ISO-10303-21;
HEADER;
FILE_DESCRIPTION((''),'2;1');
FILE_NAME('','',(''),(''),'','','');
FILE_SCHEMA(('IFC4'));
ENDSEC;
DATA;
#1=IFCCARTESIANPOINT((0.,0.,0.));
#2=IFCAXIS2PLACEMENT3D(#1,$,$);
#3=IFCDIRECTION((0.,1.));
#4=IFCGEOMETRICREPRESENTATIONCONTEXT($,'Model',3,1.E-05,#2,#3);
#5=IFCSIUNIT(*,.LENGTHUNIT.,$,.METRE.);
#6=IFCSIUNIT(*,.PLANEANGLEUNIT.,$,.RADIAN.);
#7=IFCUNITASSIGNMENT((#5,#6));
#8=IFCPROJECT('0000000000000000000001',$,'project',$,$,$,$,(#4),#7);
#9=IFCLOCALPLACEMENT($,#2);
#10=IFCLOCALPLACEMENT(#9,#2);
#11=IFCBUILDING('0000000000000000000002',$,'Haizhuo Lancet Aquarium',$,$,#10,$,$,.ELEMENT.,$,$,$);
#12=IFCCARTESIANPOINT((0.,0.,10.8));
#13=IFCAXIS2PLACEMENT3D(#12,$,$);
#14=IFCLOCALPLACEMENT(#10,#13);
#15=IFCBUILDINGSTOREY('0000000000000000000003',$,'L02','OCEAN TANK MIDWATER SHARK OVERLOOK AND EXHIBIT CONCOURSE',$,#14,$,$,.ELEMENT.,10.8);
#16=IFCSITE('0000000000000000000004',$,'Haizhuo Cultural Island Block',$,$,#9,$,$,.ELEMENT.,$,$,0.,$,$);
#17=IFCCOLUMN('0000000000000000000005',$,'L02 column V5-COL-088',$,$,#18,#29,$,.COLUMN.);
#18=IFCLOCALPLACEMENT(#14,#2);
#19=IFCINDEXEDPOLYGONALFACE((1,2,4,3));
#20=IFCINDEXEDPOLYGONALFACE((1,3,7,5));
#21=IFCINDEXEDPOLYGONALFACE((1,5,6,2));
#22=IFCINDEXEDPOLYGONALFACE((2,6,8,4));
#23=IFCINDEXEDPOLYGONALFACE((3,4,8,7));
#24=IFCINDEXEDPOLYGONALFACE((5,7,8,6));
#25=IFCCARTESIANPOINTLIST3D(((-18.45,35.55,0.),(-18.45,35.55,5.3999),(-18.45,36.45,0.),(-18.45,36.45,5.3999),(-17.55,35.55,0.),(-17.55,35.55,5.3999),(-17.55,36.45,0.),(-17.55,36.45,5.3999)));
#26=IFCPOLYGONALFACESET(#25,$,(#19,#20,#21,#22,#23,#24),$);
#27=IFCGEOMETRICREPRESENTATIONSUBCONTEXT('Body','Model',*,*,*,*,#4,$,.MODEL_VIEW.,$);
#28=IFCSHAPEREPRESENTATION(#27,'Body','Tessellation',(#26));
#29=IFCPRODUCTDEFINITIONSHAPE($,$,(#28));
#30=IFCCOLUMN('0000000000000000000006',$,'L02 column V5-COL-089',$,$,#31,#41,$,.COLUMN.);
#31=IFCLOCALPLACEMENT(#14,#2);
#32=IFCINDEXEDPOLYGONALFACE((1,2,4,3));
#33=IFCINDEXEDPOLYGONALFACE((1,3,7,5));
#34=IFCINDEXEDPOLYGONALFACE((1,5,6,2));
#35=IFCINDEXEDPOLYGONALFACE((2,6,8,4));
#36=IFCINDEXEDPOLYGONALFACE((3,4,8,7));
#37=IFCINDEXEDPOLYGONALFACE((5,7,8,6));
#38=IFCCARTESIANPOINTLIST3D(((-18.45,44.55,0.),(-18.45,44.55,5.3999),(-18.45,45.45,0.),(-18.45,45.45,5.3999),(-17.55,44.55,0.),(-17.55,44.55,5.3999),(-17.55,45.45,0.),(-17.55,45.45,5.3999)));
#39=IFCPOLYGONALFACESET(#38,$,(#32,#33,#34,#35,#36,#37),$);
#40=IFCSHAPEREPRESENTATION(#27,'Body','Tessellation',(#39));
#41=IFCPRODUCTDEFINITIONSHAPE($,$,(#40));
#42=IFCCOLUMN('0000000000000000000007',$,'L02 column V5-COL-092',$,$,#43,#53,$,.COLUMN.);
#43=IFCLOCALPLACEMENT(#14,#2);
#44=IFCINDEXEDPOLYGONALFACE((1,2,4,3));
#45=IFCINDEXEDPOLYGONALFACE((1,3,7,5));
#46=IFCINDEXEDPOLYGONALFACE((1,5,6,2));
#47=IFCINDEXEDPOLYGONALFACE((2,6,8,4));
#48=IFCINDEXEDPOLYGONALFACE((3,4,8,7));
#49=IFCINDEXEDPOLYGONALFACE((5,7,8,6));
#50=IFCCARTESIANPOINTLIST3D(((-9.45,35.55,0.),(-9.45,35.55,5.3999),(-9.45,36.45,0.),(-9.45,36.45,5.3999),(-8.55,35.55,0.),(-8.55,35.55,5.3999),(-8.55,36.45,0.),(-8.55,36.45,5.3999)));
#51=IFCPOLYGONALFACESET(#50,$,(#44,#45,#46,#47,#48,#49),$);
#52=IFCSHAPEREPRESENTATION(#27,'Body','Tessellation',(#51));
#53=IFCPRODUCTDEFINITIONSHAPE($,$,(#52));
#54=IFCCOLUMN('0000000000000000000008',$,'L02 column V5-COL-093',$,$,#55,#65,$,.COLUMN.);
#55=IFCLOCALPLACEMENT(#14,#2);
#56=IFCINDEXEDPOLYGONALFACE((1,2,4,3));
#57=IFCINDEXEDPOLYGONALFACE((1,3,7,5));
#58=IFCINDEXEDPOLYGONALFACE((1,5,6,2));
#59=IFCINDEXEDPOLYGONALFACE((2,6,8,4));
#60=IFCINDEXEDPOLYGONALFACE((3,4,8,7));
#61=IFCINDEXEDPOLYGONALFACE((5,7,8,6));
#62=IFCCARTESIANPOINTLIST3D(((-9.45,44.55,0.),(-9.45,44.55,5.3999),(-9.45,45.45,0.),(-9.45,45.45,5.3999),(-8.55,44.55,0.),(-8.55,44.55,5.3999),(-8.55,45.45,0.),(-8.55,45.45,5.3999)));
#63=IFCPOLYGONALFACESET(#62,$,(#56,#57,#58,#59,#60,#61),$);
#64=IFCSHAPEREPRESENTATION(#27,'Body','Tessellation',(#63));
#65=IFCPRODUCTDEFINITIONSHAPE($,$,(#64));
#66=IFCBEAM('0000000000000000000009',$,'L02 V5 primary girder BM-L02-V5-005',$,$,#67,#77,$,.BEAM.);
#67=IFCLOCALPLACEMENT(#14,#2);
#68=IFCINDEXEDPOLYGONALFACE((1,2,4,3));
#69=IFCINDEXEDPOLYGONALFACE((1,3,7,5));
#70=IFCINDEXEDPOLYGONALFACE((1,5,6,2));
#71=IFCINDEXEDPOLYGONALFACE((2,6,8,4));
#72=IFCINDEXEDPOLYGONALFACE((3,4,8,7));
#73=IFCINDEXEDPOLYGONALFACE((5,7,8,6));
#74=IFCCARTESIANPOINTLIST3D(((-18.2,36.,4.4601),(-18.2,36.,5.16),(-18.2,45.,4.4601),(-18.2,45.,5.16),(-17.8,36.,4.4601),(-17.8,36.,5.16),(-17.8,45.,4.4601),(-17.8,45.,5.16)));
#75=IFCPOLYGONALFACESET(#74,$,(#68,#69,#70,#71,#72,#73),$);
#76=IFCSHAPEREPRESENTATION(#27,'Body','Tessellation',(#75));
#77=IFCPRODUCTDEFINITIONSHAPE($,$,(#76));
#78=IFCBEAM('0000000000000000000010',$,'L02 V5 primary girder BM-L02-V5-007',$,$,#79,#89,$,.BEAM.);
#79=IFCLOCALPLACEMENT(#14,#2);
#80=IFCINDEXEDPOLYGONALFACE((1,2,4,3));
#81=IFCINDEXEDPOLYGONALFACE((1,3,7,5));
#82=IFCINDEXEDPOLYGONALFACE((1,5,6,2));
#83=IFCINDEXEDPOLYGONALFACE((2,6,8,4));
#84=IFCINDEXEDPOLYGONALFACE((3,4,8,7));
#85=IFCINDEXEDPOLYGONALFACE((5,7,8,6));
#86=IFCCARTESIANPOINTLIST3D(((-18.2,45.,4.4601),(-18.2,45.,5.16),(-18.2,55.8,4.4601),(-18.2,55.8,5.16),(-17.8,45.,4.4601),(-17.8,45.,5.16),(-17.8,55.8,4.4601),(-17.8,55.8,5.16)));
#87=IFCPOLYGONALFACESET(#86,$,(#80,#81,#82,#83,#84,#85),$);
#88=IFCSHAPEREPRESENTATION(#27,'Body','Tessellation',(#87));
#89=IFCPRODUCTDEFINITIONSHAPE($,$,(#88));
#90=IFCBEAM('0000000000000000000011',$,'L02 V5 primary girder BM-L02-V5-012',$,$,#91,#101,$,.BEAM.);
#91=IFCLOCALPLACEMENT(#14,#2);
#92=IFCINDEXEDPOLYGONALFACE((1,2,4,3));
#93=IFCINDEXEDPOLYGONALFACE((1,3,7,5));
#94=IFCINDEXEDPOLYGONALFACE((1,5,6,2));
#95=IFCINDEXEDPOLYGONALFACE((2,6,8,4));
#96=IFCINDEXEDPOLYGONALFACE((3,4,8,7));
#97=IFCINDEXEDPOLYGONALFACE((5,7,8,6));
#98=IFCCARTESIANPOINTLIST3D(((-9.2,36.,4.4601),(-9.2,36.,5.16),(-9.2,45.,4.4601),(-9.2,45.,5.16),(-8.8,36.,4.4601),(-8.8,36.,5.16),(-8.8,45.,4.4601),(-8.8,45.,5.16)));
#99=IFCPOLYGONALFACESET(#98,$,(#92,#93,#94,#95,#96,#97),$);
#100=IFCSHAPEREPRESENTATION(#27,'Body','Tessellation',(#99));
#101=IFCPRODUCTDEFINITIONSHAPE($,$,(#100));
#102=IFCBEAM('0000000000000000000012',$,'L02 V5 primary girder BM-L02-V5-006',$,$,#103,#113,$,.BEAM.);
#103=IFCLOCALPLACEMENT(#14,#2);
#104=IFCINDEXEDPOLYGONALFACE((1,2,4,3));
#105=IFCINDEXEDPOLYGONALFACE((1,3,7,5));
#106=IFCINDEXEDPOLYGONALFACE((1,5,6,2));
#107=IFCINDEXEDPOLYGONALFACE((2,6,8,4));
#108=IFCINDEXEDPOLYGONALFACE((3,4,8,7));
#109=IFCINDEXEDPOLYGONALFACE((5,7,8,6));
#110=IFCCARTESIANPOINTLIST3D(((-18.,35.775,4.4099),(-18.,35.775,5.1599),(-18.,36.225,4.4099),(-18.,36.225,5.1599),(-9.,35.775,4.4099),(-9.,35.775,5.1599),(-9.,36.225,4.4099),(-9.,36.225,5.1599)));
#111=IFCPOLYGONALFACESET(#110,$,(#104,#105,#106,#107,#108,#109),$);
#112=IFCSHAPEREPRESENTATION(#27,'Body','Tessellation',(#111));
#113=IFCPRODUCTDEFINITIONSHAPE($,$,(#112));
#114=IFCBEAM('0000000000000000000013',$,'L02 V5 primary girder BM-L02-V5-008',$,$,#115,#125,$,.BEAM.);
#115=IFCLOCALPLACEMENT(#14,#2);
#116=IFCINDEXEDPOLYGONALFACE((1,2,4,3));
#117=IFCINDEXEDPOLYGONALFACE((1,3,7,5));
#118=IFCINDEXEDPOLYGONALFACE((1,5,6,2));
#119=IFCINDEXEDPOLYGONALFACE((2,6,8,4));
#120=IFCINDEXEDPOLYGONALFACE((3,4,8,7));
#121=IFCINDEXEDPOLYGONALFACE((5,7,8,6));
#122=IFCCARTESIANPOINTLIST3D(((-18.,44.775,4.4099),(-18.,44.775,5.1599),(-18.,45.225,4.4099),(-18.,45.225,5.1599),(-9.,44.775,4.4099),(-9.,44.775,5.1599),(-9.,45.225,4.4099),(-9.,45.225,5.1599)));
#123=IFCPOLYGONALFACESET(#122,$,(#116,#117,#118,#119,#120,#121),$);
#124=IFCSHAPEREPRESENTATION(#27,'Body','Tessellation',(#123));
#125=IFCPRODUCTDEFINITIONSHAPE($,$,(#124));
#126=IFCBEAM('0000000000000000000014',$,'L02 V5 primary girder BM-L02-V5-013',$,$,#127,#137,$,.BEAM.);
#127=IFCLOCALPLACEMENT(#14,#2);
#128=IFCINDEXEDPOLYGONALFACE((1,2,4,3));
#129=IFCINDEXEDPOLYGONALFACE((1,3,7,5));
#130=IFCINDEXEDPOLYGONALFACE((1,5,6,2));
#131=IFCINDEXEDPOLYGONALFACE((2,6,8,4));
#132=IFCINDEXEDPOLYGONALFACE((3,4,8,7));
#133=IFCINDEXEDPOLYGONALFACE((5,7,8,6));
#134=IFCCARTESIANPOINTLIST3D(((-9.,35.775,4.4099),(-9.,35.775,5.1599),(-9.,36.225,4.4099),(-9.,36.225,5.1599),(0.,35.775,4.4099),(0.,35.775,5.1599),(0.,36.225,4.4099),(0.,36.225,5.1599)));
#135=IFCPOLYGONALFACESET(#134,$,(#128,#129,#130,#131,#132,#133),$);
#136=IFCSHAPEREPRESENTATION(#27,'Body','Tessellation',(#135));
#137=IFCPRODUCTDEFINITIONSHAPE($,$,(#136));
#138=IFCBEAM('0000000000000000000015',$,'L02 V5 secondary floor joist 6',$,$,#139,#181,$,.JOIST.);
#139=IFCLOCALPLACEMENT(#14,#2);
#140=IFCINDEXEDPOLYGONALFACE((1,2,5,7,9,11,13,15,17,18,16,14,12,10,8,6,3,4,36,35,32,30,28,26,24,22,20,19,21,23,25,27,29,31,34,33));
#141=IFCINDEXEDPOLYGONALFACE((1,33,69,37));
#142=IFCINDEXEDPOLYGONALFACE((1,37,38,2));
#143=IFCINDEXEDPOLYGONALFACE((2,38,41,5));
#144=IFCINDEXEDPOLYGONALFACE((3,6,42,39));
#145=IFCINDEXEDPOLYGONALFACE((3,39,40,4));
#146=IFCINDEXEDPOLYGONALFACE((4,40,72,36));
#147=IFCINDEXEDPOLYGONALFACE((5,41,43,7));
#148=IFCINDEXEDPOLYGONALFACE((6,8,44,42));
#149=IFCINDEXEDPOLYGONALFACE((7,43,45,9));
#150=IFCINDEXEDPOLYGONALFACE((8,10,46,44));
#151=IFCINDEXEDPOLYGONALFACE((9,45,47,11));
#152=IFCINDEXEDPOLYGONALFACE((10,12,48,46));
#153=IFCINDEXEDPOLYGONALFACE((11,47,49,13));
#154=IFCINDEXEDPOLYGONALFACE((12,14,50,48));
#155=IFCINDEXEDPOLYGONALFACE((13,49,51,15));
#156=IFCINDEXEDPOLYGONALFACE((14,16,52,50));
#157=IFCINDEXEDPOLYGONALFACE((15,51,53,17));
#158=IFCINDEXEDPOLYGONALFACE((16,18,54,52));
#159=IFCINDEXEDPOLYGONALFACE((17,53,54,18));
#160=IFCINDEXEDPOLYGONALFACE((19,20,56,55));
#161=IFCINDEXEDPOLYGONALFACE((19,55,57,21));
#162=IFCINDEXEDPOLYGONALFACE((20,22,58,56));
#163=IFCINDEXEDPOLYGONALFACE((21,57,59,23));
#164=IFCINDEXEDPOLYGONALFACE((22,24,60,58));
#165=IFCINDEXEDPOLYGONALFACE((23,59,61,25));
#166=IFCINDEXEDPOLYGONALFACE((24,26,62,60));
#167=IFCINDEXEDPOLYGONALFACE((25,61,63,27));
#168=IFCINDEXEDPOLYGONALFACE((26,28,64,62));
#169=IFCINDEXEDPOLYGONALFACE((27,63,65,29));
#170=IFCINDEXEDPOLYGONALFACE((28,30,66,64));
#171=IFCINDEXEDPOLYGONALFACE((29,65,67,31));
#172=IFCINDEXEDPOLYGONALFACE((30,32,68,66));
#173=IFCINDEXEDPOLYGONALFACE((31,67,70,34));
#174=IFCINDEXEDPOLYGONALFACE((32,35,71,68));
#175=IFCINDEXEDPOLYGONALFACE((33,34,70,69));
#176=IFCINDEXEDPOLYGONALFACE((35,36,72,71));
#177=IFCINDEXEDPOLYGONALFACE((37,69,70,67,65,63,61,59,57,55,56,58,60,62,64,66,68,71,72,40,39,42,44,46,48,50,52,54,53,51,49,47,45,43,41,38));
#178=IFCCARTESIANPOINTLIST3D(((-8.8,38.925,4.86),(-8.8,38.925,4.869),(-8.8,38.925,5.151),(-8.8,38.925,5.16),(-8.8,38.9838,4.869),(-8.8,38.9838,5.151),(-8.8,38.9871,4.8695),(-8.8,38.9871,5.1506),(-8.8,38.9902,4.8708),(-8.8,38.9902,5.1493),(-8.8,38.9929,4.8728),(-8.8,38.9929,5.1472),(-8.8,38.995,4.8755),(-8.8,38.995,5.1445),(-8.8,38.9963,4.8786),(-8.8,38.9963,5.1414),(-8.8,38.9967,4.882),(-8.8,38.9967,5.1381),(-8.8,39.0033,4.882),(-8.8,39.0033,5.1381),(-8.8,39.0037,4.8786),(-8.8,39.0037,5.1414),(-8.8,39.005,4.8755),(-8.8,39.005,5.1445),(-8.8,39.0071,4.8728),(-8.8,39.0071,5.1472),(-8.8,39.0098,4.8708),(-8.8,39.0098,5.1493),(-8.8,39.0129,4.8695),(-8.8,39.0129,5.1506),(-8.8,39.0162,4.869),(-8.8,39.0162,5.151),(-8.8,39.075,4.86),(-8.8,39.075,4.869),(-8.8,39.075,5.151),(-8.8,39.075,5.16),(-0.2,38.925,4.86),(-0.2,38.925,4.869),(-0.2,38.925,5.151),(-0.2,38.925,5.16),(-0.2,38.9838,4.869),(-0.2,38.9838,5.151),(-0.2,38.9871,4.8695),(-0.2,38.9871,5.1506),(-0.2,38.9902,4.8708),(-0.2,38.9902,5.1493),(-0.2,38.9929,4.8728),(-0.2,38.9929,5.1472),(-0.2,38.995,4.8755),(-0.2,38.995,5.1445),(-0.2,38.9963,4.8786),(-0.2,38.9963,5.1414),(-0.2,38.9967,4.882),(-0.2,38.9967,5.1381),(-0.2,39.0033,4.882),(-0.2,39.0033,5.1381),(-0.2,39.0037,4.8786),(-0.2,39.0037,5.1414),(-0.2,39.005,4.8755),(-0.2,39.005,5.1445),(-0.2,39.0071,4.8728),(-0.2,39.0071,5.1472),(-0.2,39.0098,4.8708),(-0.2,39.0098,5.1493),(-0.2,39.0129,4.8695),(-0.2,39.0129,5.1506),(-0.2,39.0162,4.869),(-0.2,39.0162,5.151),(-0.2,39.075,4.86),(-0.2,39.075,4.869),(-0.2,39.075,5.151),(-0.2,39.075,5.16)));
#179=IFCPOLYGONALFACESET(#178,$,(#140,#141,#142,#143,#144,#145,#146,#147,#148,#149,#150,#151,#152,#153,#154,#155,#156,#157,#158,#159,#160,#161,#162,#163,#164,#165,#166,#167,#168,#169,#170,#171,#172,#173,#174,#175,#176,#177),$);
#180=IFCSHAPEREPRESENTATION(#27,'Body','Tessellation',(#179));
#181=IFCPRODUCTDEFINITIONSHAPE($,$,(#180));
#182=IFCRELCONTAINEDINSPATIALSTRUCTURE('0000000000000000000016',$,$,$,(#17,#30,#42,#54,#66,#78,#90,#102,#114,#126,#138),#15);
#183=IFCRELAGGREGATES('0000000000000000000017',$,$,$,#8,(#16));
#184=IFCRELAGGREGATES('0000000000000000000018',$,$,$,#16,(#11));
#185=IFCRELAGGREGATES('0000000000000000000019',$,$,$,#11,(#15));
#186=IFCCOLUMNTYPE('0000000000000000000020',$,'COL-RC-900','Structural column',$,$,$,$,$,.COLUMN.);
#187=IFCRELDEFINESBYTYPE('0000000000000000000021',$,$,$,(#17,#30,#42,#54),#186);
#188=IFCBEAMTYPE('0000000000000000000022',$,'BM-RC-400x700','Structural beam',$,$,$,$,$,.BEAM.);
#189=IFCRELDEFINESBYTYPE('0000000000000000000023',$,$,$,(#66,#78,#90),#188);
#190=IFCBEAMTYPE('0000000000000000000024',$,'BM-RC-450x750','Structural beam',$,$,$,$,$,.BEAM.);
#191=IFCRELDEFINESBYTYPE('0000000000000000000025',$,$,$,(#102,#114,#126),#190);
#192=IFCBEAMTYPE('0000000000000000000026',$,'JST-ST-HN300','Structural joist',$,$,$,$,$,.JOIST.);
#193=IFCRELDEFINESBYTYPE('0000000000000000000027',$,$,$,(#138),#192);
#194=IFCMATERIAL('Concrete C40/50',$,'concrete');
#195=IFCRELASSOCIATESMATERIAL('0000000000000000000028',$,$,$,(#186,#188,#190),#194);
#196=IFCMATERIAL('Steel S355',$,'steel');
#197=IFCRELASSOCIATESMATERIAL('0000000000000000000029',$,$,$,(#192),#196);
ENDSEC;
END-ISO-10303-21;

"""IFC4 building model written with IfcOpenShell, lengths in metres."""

from ifc_helpers import new_model, si_unit, direction, frame, origin, origin_2d, place, context, subcontext, project, spatial, rectangle, i_section, extrude, material, material_profile, profile_set, type_object, element, save


model = new_model("IFC4")

# Units and contexts
model_context = context("Model", 3, precision=1e-05, world=origin(), true_north=direction((0.0, 1.0)))
body_context = subcontext(model_context, "Body", "Model", "MODEL_VIEW")
ifc_project = project(units=[si_unit("LENGTHUNIT", "METRE"), si_unit("PLANEANGLEUNIT", "RADIAN")], contexts=[model_context])

# Site, building, storey
site_placement = place(None, origin())
site = spatial("IfcSite", under=ifc_project, at=site_placement, Name="Haizhuo Cultural Island Block", CompositionType="ELEMENT", RefElevation=0.0)
building_placement = place(site_placement, origin())
building = spatial("IfcBuilding", under=site, at=building_placement, Name="Haizhuo Lancet Aquarium", CompositionType="ELEMENT")
storey_placement = place(building_placement, frame((0.0, 0.0, 10.8)))
storey = spatial("IfcBuildingStorey", under=building, at=storey_placement, Name="L02", Description="OCEAN TANK MIDWATER SHARK OVERLOOK AND EXHIBIT CONCOURSE", CompositionType="ELEMENT", Elevation=10.8)

# Columns
ifc_material_1 = material(Name="Concrete C40/50", Category="concrete")
ifc_material_profile_1 = material_profile(ifc_material_1, rectangle(XDim=0.8999, YDim=0.8999, at=origin_2d()), Name="RC-COL 900x900")
ifc_profile_set_1 = profile_set([ifc_material_profile_1], Name="Concrete C40/50")
column_type = type_object("IfcColumnType", Name="COL-RC-900", Description="Structural column", PredefinedType="COLUMN", material=ifc_profile_set_1)
for number, where, z_axis, x_axis, name in (
    (1, (-18.0, 36.0, 0.0), (0.0, 0.0, 1.0), (1.0, 0.0, 0.0), "L02 column V5-COL-088"),
    (2, (-18.0, 45.0, 0.0), (0.0, 0.0, 1.0), (1.0, 0.0, 0.0), "L02 column V5-COL-089"),
    (3, (-9.0, 36.0, 0.0), (0.0, 0.0, 1.0), (1.0, 0.0, 0.0), "L02 column V5-COL-092"),
    (4, (-9.0, 45.0, 0.0), (0.0, 0.0, 1.0), (1.0, 0.0, 0.0), "L02 column V5-COL-093"),
):
    element("IfcColumn", number, at=place(storey_placement, frame(where, z_axis=z_axis, x_axis=x_axis)), inside=storey, type_object=column_type, Name=name, PredefinedType="COLUMN", context=body_context, shape_type="SweptSolid", body=[
        extrude(rectangle(XDim=0.8999, YDim=0.8999, at=origin_2d()), origin(), (0.0, 0.0, 1.0), 5.3999),
    ])

# Beams
ifc_material_profile_2 = material_profile(ifc_material_1, rectangle(XDim=0.3999, YDim=0.7, at=origin_2d()), Name="RC-BM 400x700")
ifc_profile_set_2 = profile_set([ifc_material_profile_2], Name="Concrete C40/50")
beam_type_1 = type_object("IfcBeamType", Name="BM-RC-400x700", Description="Structural beam", PredefinedType="BEAM", material=ifc_profile_set_2)
beam_1_placement = place(storey_placement, frame((-18.0, 36.0, 4.8101), z_axis=(0.0, 1.0, 0.0), x_axis=(-1.0, 0.0, 0.0)))
element("IfcBeam", 5, at=beam_1_placement, inside=storey, type_object=beam_type_1, Name="L02 V5 primary girder BM-L02-V5-005", PredefinedType="BEAM", context=body_context, shape_type="SweptSolid", body=[
    extrude(rectangle(XDim=0.3999, YDim=0.7, at=origin_2d()), origin(), (0.0, 0.0, 1.0), 9.0),
])
beam_2_placement = place(storey_placement, frame((-18.0, 45.0, 4.8101), z_axis=(0.0, 1.0, 0.0), x_axis=(-1.0, 0.0, 0.0)))
element("IfcBeam", 6, at=beam_2_placement, inside=storey, type_object=beam_type_1, Name="L02 V5 primary girder BM-L02-V5-007", PredefinedType="BEAM", context=body_context, shape_type="SweptSolid", body=[
    extrude(rectangle(XDim=0.3999, YDim=0.7, at=origin_2d()), origin(), (0.0, 0.0, 1.0), 10.8),
])
beam_3_placement = place(storey_placement, frame((-9.0, 36.0, 4.8101), z_axis=(0.0, 1.0, 0.0), x_axis=(-1.0, 0.0, 0.0)))
element("IfcBeam", 7, at=beam_3_placement, inside=storey, type_object=beam_type_1, Name="L02 V5 primary girder BM-L02-V5-012", PredefinedType="BEAM", context=body_context, shape_type="SweptSolid", body=[
    extrude(rectangle(XDim=0.3999, YDim=0.7, at=origin_2d()), origin(), (0.0, 0.0, 1.0), 9.0),
])
ifc_material_profile_3 = material_profile(ifc_material_1, rectangle(XDim=0.45, YDim=0.75, at=origin_2d()), Name="RC-BM 450x750")
ifc_profile_set_3 = profile_set([ifc_material_profile_3], Name="Concrete C40/50")
beam_type_2 = type_object("IfcBeamType", Name="BM-RC-450x750", Description="Structural beam", PredefinedType="BEAM", material=ifc_profile_set_3)
for number, where, z_axis, x_axis, name in (
    (8, (-18.0, 36.0, 4.7849), (1.0, 0.0, 0.0), (0.0, 1.0, 0.0), "L02 V5 primary girder BM-L02-V5-006"),
    (9, (-18.0, 45.0, 4.7849), (1.0, 0.0, 0.0), (0.0, 1.0, 0.0), "L02 V5 primary girder BM-L02-V5-008"),
    (10, (-9.0, 36.0, 4.7849), (1.0, 0.0, 0.0), (0.0, 1.0, 0.0), "L02 V5 primary girder BM-L02-V5-013"),
):
    element("IfcBeam", number, at=place(storey_placement, frame(where, z_axis=z_axis, x_axis=x_axis)), inside=storey, type_object=beam_type_2, Name=name, PredefinedType="BEAM", context=body_context, shape_type="SweptSolid", body=[
        extrude(rectangle(XDim=0.45, YDim=0.75, at=origin_2d()), origin(), (0.0, 0.0, 1.0), 9.0),
    ])
ifc_material_2 = material(Name="Steel S355", Category="steel")
ifc_material_profile_4 = material_profile(ifc_material_2, i_section(OverallWidth=0.1499, OverallDepth=0.3, WebThickness=0.0066, FlangeThickness=0.009, FilletRadius=0.0129, at=origin_2d()), Name="HN 300x150x6.5x9")
ifc_profile_set_4 = profile_set([ifc_material_profile_4], Name="Steel S355")
beam_type_3 = type_object("IfcBeamType", Name="JST-ST-HN300", Description="Structural joist", PredefinedType="JOIST", material=ifc_profile_set_4)
beam_4_placement = place(storey_placement, frame((-8.8, 39.0, 5.01), z_axis=(1.0, 0.0, 0.0), x_axis=(0.0, 1.0, 0.0)))
element("IfcBeam", 11, at=beam_4_placement, inside=storey, type_object=beam_type_3, Name="L02 V5 secondary floor joist 6", PredefinedType="JOIST", context=body_context, shape_type="SweptSolid", body=[
    extrude(i_section(OverallWidth=0.1499, OverallDepth=0.3, WebThickness=0.0066, FlangeThickness=0.009, FilletRadius=0.0129, at=origin_2d()), origin(), (0.0, 0.0, 1.0), 8.6001),
])

save(model, "model.ifc")
